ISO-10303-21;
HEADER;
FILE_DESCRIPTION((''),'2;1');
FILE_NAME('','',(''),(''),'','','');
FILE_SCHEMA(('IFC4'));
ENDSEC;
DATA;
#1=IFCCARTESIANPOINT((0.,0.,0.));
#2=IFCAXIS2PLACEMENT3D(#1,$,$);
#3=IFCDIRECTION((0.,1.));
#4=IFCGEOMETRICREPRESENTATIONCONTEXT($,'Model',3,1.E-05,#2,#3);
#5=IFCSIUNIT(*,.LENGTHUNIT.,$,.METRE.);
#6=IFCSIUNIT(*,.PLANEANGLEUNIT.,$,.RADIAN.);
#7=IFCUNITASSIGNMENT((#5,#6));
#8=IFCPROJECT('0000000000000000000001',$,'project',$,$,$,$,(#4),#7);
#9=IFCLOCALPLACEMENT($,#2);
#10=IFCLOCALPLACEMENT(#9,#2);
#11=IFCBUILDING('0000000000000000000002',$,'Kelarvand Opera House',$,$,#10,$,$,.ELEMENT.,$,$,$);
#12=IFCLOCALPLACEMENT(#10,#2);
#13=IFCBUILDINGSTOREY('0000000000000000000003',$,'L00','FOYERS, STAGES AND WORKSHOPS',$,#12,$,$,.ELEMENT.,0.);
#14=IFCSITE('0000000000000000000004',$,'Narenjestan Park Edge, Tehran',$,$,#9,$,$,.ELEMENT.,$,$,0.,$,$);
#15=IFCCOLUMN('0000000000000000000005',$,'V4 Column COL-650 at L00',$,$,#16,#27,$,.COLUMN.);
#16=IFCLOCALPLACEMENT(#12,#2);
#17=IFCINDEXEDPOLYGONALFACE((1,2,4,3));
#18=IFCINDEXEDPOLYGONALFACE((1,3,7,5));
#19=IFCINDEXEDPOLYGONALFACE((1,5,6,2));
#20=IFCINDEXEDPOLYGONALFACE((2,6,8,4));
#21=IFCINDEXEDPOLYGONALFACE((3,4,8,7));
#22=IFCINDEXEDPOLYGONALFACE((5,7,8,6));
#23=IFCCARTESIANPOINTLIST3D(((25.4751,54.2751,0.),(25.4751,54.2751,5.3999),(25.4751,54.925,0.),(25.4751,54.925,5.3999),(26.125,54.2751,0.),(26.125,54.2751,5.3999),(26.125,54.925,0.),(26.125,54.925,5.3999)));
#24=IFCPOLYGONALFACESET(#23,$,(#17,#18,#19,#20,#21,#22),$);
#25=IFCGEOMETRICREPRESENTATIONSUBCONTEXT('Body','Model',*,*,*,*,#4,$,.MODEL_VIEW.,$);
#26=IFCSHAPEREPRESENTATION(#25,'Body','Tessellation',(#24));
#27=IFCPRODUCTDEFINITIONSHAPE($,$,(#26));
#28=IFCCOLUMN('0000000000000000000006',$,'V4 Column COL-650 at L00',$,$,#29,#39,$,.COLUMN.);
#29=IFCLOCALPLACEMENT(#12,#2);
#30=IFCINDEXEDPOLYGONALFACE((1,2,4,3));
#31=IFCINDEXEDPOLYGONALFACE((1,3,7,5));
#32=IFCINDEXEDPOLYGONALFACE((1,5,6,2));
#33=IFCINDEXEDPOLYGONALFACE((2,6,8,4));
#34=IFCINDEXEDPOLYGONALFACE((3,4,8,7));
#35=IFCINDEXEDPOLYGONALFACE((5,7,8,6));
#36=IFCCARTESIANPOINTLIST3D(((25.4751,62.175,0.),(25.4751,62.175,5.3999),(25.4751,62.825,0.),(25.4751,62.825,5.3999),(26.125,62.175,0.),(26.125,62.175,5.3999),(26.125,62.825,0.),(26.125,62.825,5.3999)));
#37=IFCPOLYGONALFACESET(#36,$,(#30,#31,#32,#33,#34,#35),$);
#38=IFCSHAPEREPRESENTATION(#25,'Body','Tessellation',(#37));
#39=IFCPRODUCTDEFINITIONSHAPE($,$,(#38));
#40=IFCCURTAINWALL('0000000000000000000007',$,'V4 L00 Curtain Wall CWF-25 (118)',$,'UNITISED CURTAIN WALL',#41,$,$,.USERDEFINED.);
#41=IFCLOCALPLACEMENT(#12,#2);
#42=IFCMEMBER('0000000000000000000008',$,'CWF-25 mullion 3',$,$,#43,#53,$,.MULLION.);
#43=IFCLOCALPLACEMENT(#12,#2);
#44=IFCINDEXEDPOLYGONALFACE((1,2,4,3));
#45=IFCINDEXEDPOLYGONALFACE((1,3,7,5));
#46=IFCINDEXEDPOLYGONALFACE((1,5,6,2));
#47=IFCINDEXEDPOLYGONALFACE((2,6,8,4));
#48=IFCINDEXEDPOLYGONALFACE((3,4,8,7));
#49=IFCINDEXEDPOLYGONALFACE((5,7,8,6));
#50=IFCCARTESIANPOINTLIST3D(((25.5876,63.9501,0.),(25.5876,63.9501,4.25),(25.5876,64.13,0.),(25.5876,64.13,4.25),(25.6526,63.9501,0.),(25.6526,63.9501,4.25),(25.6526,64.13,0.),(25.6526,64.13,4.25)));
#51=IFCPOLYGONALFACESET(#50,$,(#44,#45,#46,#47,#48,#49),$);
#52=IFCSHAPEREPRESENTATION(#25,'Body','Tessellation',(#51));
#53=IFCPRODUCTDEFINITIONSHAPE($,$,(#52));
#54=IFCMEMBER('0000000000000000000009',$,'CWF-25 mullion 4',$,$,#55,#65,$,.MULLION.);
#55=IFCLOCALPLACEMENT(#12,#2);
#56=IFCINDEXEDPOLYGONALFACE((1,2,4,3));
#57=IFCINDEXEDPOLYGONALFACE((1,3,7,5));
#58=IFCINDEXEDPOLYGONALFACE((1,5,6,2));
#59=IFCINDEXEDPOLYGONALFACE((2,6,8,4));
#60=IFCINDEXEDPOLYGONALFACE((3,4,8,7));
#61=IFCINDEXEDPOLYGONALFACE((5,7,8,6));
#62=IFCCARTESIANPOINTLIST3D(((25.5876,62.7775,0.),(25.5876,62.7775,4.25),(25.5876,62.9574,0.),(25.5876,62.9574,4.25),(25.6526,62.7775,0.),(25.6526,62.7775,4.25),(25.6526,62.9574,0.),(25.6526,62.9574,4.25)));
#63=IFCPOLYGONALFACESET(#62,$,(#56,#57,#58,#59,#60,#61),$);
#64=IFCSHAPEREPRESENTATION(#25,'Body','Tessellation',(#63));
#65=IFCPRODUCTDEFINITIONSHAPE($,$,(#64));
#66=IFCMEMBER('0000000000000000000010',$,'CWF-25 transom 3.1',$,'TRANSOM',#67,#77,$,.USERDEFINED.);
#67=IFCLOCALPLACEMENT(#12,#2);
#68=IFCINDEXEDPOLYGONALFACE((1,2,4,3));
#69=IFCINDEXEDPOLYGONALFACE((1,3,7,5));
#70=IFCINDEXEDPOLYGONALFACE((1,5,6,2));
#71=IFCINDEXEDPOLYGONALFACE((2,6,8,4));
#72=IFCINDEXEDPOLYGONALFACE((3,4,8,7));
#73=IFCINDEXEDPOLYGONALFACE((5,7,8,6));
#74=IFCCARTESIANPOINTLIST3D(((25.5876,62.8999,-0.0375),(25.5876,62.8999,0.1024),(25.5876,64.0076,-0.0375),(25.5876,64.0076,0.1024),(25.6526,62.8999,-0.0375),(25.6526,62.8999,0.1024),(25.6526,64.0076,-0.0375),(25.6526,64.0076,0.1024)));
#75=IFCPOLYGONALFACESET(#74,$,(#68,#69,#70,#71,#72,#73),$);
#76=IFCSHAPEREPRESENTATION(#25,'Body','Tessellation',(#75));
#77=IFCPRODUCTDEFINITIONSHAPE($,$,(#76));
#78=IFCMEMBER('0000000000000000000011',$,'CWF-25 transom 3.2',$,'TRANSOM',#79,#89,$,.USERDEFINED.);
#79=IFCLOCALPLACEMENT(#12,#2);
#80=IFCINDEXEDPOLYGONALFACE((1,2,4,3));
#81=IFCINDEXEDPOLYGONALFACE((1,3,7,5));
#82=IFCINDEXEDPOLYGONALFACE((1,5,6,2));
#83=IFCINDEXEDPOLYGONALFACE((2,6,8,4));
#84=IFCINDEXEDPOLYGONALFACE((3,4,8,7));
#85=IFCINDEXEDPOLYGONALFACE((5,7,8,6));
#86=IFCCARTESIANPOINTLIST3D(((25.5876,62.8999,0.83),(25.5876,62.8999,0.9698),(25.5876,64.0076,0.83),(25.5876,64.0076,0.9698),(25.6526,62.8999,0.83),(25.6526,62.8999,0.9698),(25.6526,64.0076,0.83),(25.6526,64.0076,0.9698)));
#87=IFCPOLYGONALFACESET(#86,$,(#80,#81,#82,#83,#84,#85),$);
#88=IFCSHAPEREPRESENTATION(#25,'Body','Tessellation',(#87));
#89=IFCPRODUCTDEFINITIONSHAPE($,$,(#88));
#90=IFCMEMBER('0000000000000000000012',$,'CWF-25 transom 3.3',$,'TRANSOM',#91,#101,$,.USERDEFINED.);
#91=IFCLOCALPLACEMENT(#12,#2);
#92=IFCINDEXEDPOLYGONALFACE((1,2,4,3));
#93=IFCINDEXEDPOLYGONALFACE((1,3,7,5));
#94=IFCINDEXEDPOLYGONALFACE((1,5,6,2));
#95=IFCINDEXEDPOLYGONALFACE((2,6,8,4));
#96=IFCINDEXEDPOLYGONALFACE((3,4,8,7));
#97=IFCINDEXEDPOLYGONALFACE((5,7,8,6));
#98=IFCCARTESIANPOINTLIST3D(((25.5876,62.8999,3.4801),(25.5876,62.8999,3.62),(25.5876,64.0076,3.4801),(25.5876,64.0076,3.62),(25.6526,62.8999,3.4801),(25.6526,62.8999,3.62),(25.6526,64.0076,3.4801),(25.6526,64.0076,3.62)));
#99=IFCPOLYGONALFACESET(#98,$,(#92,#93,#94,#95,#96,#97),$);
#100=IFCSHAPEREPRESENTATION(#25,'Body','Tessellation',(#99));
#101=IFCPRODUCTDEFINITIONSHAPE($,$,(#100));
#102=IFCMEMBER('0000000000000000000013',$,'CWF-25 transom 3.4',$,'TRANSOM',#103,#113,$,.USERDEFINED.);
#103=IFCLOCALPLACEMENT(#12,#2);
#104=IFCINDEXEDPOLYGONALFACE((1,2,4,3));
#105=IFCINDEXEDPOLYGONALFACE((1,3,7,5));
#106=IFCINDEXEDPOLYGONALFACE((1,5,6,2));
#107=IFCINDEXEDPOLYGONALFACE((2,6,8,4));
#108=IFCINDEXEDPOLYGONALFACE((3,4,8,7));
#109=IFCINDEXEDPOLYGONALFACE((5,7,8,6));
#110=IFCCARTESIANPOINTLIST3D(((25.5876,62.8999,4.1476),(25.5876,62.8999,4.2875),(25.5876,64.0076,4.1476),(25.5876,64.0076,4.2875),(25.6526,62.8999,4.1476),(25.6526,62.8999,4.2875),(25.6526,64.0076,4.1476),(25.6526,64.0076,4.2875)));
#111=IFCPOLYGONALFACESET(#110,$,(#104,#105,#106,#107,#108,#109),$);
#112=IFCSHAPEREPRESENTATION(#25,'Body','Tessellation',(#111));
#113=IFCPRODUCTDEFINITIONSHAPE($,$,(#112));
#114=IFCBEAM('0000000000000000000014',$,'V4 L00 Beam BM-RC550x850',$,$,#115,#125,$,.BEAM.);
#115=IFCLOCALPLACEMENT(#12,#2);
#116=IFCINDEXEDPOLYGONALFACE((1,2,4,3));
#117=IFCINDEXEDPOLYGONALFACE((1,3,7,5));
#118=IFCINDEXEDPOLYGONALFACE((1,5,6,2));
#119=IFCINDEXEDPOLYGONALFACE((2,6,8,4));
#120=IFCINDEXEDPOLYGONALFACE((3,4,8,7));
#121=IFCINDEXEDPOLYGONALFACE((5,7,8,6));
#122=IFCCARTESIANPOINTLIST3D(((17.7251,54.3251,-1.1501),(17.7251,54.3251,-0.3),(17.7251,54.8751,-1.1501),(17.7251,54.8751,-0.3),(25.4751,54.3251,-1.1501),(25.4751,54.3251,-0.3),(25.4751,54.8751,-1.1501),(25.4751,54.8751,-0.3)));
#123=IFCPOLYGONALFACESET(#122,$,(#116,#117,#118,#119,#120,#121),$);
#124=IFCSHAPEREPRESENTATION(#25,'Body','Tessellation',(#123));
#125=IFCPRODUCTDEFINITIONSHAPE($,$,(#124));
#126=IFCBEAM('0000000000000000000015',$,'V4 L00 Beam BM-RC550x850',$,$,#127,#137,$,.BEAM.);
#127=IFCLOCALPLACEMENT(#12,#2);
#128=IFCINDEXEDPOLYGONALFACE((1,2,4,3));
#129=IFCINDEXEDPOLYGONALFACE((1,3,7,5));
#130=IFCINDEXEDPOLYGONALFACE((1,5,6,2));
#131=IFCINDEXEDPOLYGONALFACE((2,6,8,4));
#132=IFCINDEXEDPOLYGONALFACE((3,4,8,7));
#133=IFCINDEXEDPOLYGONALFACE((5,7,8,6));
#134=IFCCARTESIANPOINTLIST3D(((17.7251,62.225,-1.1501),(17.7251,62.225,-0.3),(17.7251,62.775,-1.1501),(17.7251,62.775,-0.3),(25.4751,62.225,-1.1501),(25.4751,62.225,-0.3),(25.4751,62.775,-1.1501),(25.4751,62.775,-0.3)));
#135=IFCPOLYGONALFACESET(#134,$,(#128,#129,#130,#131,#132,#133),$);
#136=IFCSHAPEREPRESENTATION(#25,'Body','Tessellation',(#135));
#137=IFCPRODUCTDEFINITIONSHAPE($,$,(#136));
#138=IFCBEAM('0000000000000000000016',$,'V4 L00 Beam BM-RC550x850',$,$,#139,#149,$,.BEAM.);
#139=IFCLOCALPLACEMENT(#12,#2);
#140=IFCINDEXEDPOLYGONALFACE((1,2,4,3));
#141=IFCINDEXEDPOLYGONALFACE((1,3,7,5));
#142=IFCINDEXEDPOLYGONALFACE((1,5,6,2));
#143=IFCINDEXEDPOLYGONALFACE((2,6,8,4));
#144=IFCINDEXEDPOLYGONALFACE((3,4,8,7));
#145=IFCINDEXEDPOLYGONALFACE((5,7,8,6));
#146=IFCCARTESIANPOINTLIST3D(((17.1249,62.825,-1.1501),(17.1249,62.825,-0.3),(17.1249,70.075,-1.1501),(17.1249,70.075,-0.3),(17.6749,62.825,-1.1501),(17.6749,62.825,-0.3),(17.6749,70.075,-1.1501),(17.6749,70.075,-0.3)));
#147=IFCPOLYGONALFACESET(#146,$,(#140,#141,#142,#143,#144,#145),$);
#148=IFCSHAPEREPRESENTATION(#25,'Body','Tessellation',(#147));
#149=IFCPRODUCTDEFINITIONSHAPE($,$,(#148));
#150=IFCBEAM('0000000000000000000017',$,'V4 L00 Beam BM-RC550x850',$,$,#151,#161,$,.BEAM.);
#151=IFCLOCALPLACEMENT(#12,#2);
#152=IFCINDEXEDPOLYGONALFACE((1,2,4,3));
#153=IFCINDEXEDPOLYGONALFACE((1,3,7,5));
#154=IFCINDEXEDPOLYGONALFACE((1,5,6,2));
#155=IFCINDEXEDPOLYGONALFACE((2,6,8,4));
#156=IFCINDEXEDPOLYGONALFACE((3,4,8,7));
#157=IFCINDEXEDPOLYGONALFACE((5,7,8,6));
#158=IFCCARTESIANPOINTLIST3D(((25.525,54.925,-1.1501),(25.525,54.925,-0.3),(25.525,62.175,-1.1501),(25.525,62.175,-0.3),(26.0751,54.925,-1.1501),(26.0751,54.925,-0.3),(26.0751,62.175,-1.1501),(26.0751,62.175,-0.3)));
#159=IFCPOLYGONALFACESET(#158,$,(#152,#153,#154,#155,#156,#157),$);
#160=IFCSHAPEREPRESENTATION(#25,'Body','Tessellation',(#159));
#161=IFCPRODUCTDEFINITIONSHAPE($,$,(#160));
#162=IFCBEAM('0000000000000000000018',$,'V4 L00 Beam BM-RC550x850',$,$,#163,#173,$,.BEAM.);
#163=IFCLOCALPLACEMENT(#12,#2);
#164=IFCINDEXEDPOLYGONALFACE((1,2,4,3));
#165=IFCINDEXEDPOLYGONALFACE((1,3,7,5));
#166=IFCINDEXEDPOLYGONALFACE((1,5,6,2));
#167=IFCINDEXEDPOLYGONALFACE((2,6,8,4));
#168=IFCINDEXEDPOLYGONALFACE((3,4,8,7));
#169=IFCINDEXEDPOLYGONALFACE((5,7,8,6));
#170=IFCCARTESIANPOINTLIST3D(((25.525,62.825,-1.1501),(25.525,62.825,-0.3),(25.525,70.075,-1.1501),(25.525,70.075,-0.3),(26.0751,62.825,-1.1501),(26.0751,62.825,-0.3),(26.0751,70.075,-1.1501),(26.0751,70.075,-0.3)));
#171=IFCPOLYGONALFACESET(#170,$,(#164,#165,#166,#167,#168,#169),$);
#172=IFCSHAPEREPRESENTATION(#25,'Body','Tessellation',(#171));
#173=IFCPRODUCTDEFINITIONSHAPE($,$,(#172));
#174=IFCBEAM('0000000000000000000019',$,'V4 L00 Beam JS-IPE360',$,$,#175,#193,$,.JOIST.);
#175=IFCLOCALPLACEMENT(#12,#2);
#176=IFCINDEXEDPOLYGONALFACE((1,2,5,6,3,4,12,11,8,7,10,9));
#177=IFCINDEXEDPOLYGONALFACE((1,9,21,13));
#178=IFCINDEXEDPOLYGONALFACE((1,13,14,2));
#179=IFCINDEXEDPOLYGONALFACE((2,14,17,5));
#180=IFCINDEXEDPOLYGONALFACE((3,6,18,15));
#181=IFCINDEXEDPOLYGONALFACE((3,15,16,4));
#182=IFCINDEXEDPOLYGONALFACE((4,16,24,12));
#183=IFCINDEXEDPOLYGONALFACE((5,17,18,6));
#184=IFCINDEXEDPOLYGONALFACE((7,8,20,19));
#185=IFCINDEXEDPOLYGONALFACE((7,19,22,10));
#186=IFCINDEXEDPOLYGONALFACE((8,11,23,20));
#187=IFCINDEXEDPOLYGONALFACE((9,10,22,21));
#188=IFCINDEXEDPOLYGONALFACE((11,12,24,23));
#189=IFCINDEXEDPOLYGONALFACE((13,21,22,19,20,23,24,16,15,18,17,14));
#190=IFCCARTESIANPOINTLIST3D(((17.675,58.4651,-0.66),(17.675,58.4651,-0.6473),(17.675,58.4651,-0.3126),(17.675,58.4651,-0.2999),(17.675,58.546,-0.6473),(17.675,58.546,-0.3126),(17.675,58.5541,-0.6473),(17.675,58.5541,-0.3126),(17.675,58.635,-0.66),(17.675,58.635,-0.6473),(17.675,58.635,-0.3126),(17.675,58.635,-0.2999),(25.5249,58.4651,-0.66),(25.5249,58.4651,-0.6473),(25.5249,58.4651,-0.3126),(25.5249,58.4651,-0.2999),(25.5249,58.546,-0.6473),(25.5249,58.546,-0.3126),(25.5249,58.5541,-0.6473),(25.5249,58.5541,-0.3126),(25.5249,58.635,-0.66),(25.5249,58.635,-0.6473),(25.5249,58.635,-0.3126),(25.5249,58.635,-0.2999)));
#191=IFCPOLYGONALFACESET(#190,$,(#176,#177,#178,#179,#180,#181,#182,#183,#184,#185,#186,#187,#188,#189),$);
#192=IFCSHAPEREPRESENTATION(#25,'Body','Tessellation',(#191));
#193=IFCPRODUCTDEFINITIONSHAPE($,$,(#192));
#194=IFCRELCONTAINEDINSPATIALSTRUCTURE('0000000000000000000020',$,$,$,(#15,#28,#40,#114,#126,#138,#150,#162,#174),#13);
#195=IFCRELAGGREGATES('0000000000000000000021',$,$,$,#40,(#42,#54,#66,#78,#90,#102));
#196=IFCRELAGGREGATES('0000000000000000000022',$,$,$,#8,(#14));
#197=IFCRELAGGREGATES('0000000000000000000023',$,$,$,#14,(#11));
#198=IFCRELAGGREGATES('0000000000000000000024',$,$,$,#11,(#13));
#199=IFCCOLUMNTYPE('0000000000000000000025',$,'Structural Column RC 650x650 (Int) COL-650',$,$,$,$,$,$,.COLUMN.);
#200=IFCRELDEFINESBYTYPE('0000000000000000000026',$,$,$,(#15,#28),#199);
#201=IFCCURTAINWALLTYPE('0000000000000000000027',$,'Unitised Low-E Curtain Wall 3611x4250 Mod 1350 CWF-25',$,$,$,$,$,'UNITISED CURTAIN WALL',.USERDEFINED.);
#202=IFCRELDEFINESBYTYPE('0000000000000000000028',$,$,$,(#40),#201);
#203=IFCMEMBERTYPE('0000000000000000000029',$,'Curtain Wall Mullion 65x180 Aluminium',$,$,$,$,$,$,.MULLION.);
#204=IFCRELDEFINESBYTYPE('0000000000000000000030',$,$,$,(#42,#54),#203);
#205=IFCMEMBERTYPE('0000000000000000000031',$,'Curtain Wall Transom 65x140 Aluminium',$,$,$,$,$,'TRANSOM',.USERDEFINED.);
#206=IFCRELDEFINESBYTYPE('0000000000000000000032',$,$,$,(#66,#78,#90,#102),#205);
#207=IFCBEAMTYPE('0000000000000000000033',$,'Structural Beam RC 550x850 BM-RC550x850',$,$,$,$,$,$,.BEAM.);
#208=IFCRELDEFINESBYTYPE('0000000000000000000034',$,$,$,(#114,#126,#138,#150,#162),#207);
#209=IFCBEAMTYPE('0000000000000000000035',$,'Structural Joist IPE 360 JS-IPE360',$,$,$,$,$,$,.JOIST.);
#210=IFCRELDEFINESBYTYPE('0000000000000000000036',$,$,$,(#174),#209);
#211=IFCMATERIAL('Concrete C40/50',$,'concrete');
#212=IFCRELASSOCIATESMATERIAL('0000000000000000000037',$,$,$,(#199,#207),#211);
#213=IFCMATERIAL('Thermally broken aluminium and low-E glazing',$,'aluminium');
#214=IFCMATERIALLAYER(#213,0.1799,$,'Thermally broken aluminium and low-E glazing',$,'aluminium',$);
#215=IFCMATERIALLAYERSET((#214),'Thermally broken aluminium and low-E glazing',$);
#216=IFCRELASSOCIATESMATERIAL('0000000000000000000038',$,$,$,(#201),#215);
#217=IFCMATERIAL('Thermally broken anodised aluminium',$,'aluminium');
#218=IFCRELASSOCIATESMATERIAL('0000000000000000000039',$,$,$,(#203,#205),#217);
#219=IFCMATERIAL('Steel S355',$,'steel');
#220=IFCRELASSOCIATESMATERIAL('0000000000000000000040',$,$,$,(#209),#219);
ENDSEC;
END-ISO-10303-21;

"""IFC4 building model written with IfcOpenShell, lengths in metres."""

from ifc_helpers import new_model, si_unit, direction, frame, origin, origin_2d, place, context, subcontext, project, spatial, rectangle, i_section, extrude, material, layer, layer_set, material_profile, profile_set, type_object, element, aggregate, save


model = new_model("IFC4")

# Units and contexts
model_context = context("Model", 3, precision=1e-05, world=origin(), true_north=direction((0.0, 1.0)))
body_context = subcontext(model_context, "Body", "Model", "MODEL_VIEW")
ifc_project = project(units=[si_unit("LENGTHUNIT", "METRE"), si_unit("PLANEANGLEUNIT", "RADIAN")], contexts=[model_context])

# Site, building, storey
site_placement = place(None, origin())
site = spatial("IfcSite", under=ifc_project, at=site_placement, Name="Narenjestan Park Edge, Tehran", CompositionType="ELEMENT", RefElevation=0.0)
building_placement = place(site_placement, origin())
building = spatial("IfcBuilding", under=site, at=building_placement, Name="Kelarvand Opera House", CompositionType="ELEMENT")
storey_placement = place(building_placement, origin())
storey = spatial("IfcBuildingStorey", under=building, at=storey_placement, Name="L00", Description="FOYERS, STAGES AND WORKSHOPS", CompositionType="ELEMENT", Elevation=0.0)

# Columns
ifc_material_1 = material(Name="Concrete C40/50", Category="concrete")
ifc_material_profile_1 = material_profile(ifc_material_1, rectangle(XDim=0.6499, YDim=0.6499, at=origin_2d()), Name="RC 650x650", Category="concrete")
ifc_profile_set_1 = profile_set([ifc_material_profile_1], Name="Concrete C40/50")
column_type = type_object("IfcColumnType", Name="Structural Column RC 650x650 (Int) COL-650", PredefinedType="COLUMN", material=ifc_profile_set_1)
for number, where, z_axis, x_axis, name in (
    (1, (25.8, 54.6001, 0.0), (0.0, 0.0, 1.0), (1.0, 0.0, 0.0), "V4 Column COL-650 at L00"),
    (2, (25.8, 62.5, 0.0), (0.0, 0.0, 1.0), (1.0, 0.0, 0.0), "V4 Column COL-650 at L00"),
):
    element("IfcColumn", number, at=place(storey_placement, frame(where, z_axis=z_axis, x_axis=x_axis)), inside=storey, type_object=column_type, Name=name, PredefinedType="COLUMN", context=body_context, shape_type="SweptSolid", body=[
        extrude(rectangle(XDim=0.6499, YDim=0.6499, at=origin_2d()), origin(), (0.0, 0.0, 1.0), 5.3999),
    ])

# Curtain wall, members
ifc_material_2 = material(Name="Thermally broken aluminium and low-E glazing", Category="aluminium")
ifc_layer_1 = layer(ifc_material_2, 0.1799, Name="Thermally broken aluminium and low-E glazing", Category="aluminium")
ifc_layer_set_1 = layer_set([ifc_layer_1], Name="Thermally broken aluminium and low-E glazing")
curtain_wall_type = type_object("IfcCurtainWallType", Name="Unitised Low-E Curtain Wall 3611x4250 Mod 1350 CWF-25", ElementType="UNITISED CURTAIN WALL", PredefinedType="USERDEFINED", material=ifc_layer_set_1)
curtain_wall_placement = place(storey_placement, origin())
curtain_wall = element("IfcCurtainWall", 3, at=curtain_wall_placement, inside=storey, type_object=curtain_wall_type, Name="V4 L00 Curtain Wall CWF-25 (118)", ObjectType="UNITISED CURTAIN WALL", PredefinedType="USERDEFINED")
ifc_material_3 = material(Name="Thermally broken anodised aluminium", Category="aluminium")
ifc_material_profile_2 = material_profile(ifc_material_3, rectangle(XDim=0.0649, YDim=0.1799, at=origin_2d()), Name="ALU MULLION 65x180", Category="aluminium")
ifc_profile_set_2 = profile_set([ifc_material_profile_2], Name="Thermally broken anodised aluminium")
member_type_1 = type_object("IfcMemberType", Name="Curtain Wall Mullion 65x180 Aluminium", PredefinedType="MULLION", material=ifc_profile_set_2)
member_1_placement = place(storey_placement, frame((25.6201, 64.04, 0.0), z_axis=(0.0, 0.0, 1.0), x_axis=(1.0, 0.0, 0.0)))
member_1 = element("IfcMember", 4, at=member_1_placement, type_object=member_type_1, Name="CWF-25 mullion 3", PredefinedType="MULLION", context=body_context, shape_type="SweptSolid", body=[
    extrude(rectangle(XDim=0.0649, YDim=0.1799, at=origin_2d()), origin(), (0.0, 0.0, 1.0), 4.25),
])
member_2_placement = place(storey_placement, frame((25.6201, 62.8674, 0.0), z_axis=(0.0, 0.0, 1.0), x_axis=(1.0, 0.0, 0.0)))
member_2 = element("IfcMember", 5, at=member_2_placement, type_object=member_type_1, Name="CWF-25 mullion 4", PredefinedType="MULLION", context=body_context, shape_type="SweptSolid", body=[
    extrude(rectangle(XDim=0.0649, YDim=0.1799, at=origin_2d()), origin(), (0.0, 0.0, 1.0), 4.25),
])
ifc_material_profile_3 = material_profile(ifc_material_3, rectangle(XDim=0.0649, YDim=0.1399, at=origin_2d()), Name="ALU TRANSOM 65x140", Category="aluminium")
ifc_profile_set_3 = profile_set([ifc_material_profile_3], Name="Thermally broken anodised aluminium")
member_type_2 = type_object("IfcMemberType", Name="Curtain Wall Transom 65x140 Aluminium", ElementType="TRANSOM", PredefinedType="USERDEFINED", material=ifc_profile_set_3)
member_3_placement = place(storey_placement, frame((25.6201, 64.0076, 0.0325), z_axis=(0.0, -1.0, 0.0), x_axis=(1.0, 0.0, 0.0)))
member_3 = element("IfcMember", 6, at=member_3_placement, type_object=member_type_2, Name="CWF-25 transom 3.1", ObjectType="TRANSOM", PredefinedType="USERDEFINED", context=body_context, shape_type="SweptSolid", body=[
    extrude(rectangle(XDim=0.0649, YDim=0.1399, at=origin_2d()), origin(), (0.0, 0.0, 1.0), 1.1077),
])
member_4_placement = place(storey_placement, frame((25.6201, 64.0076, 0.8999), z_axis=(0.0, -1.0, 0.0), x_axis=(1.0, 0.0, 0.0)))
member_4 = element("IfcMember", 7, at=member_4_placement, type_object=member_type_2, Name="CWF-25 transom 3.2", ObjectType="TRANSOM", PredefinedType="USERDEFINED", context=body_context, shape_type="SweptSolid", body=[
    extrude(rectangle(XDim=0.0649, YDim=0.1399, at=origin_2d()), origin(), (0.0, 0.0, 1.0), 1.1077),
])
member_5_placement = place(storey_placement, frame((25.6201, 64.0076, 3.55), z_axis=(0.0, -1.0, 0.0), x_axis=(1.0, 0.0, 0.0)))
member_5 = element("IfcMember", 8, at=member_5_placement, type_object=member_type_2, Name="CWF-25 transom 3.3", ObjectType="TRANSOM", PredefinedType="USERDEFINED", context=body_context, shape_type="SweptSolid", body=[
    extrude(rectangle(XDim=0.0649, YDim=0.1399, at=origin_2d()), origin(), (0.0, 0.0, 1.0), 1.1077),
])
member_6_placement = place(storey_placement, frame((25.6201, 64.0076, 4.2175), z_axis=(0.0, -1.0, 0.0), x_axis=(1.0, 0.0, 0.0)))
member_6 = element("IfcMember", 9, at=member_6_placement, type_object=member_type_2, Name="CWF-25 transom 3.4", ObjectType="TRANSOM", PredefinedType="USERDEFINED", context=body_context, shape_type="SweptSolid", body=[
    extrude(rectangle(XDim=0.0649, YDim=0.1399, at=origin_2d()), origin(), (0.0, 0.0, 1.0), 1.1077),
])

# Beams
ifc_material_profile_4 = material_profile(ifc_material_1, rectangle(XDim=0.55, YDim=0.8501, at=origin_2d()), Name="RC 550x850", Category="concrete")
ifc_profile_set_4 = profile_set([ifc_material_profile_4], Name="Concrete C40/50")
beam_type_1 = type_object("IfcBeamType", Name="Structural Beam RC 550x850 BM-RC550x850", PredefinedType="BEAM", material=ifc_profile_set_4)
for number, where, z_axis, x_axis, name in (
    (10, (17.7251, 54.6001, -0.7251), (1.0, 0.0, 0.0), (0.0, 1.0, 0.0), "V4 L00 Beam BM-RC550x850"),
    (11, (17.7251, 62.5, -0.7251), (1.0, 0.0, 0.0), (0.0, 1.0, 0.0), "V4 L00 Beam BM-RC550x850"),
):
    element("IfcBeam", number, at=place(storey_placement, frame(where, z_axis=z_axis, x_axis=x_axis)), inside=storey, type_object=beam_type_1, Name=name, PredefinedType="BEAM", context=body_context, shape_type="SweptSolid", body=[
        extrude(rectangle(XDim=0.55, YDim=0.8501, at=origin_2d()), origin(), (0.0, 0.0, 1.0), 7.75),
    ])
for number, where, z_axis, x_axis, name in (
    (12, (17.3999, 62.825, -0.7251), (0.0, 1.0, 0.0), (-1.0, 0.0, 0.0), "V4 L00 Beam BM-RC550x850"),
    (13, (25.8, 54.925, -0.7251), (0.0, 1.0, 0.0), (-1.0, 0.0, 0.0), "V4 L00 Beam BM-RC550x850"),
    (14, (25.8, 62.825, -0.7251), (0.0, 1.0, 0.0), (-1.0, 0.0, 0.0), "V4 L00 Beam BM-RC550x850"),
):
    element("IfcBeam", number, at=place(storey_placement, frame(where, z_axis=z_axis, x_axis=x_axis)), inside=storey, type_object=beam_type_1, Name=name, PredefinedType="BEAM", context=body_context, shape_type="SweptSolid", body=[
        extrude(rectangle(XDim=0.55, YDim=0.8501, at=origin_2d()), origin(), (0.0, 0.0, 1.0), 7.25),
    ])
ifc_material_4 = material(Name="Steel S355", Category="steel")
ifc_material_profile_5 = material_profile(ifc_material_4, i_section(OverallWidth=0.1699, OverallDepth=0.3601, WebThickness=0.0081, FlangeThickness=0.0127, at=origin_2d()), Name="IPE 360", Category="steel")
ifc_profile_set_5 = profile_set([ifc_material_profile_5], Name="Steel S355")
beam_type_2 = type_object("IfcBeamType", Name="Structural Joist IPE 360 JS-IPE360", PredefinedType="JOIST", material=ifc_profile_set_5)
beam_placement = place(storey_placement, frame((17.675, 58.55, -0.48), z_axis=(1.0, 0.0, 0.0), x_axis=(0.0, 1.0, 0.0)))
element("IfcBeam", 15, at=beam_placement, inside=storey, type_object=beam_type_2, Name="V4 L00 Beam JS-IPE360", PredefinedType="JOIST", context=body_context, shape_type="SweptSolid", body=[
    extrude(i_section(OverallWidth=0.1699, OverallDepth=0.3601, WebThickness=0.0081, FlangeThickness=0.0127, at=origin_2d()), origin(), (0.0, 0.0, 1.0), 7.8499),
])

aggregate(curtain_wall, [member_1, member_2, member_3, member_4, member_5, member_6])

save(model, "model.ifc")
